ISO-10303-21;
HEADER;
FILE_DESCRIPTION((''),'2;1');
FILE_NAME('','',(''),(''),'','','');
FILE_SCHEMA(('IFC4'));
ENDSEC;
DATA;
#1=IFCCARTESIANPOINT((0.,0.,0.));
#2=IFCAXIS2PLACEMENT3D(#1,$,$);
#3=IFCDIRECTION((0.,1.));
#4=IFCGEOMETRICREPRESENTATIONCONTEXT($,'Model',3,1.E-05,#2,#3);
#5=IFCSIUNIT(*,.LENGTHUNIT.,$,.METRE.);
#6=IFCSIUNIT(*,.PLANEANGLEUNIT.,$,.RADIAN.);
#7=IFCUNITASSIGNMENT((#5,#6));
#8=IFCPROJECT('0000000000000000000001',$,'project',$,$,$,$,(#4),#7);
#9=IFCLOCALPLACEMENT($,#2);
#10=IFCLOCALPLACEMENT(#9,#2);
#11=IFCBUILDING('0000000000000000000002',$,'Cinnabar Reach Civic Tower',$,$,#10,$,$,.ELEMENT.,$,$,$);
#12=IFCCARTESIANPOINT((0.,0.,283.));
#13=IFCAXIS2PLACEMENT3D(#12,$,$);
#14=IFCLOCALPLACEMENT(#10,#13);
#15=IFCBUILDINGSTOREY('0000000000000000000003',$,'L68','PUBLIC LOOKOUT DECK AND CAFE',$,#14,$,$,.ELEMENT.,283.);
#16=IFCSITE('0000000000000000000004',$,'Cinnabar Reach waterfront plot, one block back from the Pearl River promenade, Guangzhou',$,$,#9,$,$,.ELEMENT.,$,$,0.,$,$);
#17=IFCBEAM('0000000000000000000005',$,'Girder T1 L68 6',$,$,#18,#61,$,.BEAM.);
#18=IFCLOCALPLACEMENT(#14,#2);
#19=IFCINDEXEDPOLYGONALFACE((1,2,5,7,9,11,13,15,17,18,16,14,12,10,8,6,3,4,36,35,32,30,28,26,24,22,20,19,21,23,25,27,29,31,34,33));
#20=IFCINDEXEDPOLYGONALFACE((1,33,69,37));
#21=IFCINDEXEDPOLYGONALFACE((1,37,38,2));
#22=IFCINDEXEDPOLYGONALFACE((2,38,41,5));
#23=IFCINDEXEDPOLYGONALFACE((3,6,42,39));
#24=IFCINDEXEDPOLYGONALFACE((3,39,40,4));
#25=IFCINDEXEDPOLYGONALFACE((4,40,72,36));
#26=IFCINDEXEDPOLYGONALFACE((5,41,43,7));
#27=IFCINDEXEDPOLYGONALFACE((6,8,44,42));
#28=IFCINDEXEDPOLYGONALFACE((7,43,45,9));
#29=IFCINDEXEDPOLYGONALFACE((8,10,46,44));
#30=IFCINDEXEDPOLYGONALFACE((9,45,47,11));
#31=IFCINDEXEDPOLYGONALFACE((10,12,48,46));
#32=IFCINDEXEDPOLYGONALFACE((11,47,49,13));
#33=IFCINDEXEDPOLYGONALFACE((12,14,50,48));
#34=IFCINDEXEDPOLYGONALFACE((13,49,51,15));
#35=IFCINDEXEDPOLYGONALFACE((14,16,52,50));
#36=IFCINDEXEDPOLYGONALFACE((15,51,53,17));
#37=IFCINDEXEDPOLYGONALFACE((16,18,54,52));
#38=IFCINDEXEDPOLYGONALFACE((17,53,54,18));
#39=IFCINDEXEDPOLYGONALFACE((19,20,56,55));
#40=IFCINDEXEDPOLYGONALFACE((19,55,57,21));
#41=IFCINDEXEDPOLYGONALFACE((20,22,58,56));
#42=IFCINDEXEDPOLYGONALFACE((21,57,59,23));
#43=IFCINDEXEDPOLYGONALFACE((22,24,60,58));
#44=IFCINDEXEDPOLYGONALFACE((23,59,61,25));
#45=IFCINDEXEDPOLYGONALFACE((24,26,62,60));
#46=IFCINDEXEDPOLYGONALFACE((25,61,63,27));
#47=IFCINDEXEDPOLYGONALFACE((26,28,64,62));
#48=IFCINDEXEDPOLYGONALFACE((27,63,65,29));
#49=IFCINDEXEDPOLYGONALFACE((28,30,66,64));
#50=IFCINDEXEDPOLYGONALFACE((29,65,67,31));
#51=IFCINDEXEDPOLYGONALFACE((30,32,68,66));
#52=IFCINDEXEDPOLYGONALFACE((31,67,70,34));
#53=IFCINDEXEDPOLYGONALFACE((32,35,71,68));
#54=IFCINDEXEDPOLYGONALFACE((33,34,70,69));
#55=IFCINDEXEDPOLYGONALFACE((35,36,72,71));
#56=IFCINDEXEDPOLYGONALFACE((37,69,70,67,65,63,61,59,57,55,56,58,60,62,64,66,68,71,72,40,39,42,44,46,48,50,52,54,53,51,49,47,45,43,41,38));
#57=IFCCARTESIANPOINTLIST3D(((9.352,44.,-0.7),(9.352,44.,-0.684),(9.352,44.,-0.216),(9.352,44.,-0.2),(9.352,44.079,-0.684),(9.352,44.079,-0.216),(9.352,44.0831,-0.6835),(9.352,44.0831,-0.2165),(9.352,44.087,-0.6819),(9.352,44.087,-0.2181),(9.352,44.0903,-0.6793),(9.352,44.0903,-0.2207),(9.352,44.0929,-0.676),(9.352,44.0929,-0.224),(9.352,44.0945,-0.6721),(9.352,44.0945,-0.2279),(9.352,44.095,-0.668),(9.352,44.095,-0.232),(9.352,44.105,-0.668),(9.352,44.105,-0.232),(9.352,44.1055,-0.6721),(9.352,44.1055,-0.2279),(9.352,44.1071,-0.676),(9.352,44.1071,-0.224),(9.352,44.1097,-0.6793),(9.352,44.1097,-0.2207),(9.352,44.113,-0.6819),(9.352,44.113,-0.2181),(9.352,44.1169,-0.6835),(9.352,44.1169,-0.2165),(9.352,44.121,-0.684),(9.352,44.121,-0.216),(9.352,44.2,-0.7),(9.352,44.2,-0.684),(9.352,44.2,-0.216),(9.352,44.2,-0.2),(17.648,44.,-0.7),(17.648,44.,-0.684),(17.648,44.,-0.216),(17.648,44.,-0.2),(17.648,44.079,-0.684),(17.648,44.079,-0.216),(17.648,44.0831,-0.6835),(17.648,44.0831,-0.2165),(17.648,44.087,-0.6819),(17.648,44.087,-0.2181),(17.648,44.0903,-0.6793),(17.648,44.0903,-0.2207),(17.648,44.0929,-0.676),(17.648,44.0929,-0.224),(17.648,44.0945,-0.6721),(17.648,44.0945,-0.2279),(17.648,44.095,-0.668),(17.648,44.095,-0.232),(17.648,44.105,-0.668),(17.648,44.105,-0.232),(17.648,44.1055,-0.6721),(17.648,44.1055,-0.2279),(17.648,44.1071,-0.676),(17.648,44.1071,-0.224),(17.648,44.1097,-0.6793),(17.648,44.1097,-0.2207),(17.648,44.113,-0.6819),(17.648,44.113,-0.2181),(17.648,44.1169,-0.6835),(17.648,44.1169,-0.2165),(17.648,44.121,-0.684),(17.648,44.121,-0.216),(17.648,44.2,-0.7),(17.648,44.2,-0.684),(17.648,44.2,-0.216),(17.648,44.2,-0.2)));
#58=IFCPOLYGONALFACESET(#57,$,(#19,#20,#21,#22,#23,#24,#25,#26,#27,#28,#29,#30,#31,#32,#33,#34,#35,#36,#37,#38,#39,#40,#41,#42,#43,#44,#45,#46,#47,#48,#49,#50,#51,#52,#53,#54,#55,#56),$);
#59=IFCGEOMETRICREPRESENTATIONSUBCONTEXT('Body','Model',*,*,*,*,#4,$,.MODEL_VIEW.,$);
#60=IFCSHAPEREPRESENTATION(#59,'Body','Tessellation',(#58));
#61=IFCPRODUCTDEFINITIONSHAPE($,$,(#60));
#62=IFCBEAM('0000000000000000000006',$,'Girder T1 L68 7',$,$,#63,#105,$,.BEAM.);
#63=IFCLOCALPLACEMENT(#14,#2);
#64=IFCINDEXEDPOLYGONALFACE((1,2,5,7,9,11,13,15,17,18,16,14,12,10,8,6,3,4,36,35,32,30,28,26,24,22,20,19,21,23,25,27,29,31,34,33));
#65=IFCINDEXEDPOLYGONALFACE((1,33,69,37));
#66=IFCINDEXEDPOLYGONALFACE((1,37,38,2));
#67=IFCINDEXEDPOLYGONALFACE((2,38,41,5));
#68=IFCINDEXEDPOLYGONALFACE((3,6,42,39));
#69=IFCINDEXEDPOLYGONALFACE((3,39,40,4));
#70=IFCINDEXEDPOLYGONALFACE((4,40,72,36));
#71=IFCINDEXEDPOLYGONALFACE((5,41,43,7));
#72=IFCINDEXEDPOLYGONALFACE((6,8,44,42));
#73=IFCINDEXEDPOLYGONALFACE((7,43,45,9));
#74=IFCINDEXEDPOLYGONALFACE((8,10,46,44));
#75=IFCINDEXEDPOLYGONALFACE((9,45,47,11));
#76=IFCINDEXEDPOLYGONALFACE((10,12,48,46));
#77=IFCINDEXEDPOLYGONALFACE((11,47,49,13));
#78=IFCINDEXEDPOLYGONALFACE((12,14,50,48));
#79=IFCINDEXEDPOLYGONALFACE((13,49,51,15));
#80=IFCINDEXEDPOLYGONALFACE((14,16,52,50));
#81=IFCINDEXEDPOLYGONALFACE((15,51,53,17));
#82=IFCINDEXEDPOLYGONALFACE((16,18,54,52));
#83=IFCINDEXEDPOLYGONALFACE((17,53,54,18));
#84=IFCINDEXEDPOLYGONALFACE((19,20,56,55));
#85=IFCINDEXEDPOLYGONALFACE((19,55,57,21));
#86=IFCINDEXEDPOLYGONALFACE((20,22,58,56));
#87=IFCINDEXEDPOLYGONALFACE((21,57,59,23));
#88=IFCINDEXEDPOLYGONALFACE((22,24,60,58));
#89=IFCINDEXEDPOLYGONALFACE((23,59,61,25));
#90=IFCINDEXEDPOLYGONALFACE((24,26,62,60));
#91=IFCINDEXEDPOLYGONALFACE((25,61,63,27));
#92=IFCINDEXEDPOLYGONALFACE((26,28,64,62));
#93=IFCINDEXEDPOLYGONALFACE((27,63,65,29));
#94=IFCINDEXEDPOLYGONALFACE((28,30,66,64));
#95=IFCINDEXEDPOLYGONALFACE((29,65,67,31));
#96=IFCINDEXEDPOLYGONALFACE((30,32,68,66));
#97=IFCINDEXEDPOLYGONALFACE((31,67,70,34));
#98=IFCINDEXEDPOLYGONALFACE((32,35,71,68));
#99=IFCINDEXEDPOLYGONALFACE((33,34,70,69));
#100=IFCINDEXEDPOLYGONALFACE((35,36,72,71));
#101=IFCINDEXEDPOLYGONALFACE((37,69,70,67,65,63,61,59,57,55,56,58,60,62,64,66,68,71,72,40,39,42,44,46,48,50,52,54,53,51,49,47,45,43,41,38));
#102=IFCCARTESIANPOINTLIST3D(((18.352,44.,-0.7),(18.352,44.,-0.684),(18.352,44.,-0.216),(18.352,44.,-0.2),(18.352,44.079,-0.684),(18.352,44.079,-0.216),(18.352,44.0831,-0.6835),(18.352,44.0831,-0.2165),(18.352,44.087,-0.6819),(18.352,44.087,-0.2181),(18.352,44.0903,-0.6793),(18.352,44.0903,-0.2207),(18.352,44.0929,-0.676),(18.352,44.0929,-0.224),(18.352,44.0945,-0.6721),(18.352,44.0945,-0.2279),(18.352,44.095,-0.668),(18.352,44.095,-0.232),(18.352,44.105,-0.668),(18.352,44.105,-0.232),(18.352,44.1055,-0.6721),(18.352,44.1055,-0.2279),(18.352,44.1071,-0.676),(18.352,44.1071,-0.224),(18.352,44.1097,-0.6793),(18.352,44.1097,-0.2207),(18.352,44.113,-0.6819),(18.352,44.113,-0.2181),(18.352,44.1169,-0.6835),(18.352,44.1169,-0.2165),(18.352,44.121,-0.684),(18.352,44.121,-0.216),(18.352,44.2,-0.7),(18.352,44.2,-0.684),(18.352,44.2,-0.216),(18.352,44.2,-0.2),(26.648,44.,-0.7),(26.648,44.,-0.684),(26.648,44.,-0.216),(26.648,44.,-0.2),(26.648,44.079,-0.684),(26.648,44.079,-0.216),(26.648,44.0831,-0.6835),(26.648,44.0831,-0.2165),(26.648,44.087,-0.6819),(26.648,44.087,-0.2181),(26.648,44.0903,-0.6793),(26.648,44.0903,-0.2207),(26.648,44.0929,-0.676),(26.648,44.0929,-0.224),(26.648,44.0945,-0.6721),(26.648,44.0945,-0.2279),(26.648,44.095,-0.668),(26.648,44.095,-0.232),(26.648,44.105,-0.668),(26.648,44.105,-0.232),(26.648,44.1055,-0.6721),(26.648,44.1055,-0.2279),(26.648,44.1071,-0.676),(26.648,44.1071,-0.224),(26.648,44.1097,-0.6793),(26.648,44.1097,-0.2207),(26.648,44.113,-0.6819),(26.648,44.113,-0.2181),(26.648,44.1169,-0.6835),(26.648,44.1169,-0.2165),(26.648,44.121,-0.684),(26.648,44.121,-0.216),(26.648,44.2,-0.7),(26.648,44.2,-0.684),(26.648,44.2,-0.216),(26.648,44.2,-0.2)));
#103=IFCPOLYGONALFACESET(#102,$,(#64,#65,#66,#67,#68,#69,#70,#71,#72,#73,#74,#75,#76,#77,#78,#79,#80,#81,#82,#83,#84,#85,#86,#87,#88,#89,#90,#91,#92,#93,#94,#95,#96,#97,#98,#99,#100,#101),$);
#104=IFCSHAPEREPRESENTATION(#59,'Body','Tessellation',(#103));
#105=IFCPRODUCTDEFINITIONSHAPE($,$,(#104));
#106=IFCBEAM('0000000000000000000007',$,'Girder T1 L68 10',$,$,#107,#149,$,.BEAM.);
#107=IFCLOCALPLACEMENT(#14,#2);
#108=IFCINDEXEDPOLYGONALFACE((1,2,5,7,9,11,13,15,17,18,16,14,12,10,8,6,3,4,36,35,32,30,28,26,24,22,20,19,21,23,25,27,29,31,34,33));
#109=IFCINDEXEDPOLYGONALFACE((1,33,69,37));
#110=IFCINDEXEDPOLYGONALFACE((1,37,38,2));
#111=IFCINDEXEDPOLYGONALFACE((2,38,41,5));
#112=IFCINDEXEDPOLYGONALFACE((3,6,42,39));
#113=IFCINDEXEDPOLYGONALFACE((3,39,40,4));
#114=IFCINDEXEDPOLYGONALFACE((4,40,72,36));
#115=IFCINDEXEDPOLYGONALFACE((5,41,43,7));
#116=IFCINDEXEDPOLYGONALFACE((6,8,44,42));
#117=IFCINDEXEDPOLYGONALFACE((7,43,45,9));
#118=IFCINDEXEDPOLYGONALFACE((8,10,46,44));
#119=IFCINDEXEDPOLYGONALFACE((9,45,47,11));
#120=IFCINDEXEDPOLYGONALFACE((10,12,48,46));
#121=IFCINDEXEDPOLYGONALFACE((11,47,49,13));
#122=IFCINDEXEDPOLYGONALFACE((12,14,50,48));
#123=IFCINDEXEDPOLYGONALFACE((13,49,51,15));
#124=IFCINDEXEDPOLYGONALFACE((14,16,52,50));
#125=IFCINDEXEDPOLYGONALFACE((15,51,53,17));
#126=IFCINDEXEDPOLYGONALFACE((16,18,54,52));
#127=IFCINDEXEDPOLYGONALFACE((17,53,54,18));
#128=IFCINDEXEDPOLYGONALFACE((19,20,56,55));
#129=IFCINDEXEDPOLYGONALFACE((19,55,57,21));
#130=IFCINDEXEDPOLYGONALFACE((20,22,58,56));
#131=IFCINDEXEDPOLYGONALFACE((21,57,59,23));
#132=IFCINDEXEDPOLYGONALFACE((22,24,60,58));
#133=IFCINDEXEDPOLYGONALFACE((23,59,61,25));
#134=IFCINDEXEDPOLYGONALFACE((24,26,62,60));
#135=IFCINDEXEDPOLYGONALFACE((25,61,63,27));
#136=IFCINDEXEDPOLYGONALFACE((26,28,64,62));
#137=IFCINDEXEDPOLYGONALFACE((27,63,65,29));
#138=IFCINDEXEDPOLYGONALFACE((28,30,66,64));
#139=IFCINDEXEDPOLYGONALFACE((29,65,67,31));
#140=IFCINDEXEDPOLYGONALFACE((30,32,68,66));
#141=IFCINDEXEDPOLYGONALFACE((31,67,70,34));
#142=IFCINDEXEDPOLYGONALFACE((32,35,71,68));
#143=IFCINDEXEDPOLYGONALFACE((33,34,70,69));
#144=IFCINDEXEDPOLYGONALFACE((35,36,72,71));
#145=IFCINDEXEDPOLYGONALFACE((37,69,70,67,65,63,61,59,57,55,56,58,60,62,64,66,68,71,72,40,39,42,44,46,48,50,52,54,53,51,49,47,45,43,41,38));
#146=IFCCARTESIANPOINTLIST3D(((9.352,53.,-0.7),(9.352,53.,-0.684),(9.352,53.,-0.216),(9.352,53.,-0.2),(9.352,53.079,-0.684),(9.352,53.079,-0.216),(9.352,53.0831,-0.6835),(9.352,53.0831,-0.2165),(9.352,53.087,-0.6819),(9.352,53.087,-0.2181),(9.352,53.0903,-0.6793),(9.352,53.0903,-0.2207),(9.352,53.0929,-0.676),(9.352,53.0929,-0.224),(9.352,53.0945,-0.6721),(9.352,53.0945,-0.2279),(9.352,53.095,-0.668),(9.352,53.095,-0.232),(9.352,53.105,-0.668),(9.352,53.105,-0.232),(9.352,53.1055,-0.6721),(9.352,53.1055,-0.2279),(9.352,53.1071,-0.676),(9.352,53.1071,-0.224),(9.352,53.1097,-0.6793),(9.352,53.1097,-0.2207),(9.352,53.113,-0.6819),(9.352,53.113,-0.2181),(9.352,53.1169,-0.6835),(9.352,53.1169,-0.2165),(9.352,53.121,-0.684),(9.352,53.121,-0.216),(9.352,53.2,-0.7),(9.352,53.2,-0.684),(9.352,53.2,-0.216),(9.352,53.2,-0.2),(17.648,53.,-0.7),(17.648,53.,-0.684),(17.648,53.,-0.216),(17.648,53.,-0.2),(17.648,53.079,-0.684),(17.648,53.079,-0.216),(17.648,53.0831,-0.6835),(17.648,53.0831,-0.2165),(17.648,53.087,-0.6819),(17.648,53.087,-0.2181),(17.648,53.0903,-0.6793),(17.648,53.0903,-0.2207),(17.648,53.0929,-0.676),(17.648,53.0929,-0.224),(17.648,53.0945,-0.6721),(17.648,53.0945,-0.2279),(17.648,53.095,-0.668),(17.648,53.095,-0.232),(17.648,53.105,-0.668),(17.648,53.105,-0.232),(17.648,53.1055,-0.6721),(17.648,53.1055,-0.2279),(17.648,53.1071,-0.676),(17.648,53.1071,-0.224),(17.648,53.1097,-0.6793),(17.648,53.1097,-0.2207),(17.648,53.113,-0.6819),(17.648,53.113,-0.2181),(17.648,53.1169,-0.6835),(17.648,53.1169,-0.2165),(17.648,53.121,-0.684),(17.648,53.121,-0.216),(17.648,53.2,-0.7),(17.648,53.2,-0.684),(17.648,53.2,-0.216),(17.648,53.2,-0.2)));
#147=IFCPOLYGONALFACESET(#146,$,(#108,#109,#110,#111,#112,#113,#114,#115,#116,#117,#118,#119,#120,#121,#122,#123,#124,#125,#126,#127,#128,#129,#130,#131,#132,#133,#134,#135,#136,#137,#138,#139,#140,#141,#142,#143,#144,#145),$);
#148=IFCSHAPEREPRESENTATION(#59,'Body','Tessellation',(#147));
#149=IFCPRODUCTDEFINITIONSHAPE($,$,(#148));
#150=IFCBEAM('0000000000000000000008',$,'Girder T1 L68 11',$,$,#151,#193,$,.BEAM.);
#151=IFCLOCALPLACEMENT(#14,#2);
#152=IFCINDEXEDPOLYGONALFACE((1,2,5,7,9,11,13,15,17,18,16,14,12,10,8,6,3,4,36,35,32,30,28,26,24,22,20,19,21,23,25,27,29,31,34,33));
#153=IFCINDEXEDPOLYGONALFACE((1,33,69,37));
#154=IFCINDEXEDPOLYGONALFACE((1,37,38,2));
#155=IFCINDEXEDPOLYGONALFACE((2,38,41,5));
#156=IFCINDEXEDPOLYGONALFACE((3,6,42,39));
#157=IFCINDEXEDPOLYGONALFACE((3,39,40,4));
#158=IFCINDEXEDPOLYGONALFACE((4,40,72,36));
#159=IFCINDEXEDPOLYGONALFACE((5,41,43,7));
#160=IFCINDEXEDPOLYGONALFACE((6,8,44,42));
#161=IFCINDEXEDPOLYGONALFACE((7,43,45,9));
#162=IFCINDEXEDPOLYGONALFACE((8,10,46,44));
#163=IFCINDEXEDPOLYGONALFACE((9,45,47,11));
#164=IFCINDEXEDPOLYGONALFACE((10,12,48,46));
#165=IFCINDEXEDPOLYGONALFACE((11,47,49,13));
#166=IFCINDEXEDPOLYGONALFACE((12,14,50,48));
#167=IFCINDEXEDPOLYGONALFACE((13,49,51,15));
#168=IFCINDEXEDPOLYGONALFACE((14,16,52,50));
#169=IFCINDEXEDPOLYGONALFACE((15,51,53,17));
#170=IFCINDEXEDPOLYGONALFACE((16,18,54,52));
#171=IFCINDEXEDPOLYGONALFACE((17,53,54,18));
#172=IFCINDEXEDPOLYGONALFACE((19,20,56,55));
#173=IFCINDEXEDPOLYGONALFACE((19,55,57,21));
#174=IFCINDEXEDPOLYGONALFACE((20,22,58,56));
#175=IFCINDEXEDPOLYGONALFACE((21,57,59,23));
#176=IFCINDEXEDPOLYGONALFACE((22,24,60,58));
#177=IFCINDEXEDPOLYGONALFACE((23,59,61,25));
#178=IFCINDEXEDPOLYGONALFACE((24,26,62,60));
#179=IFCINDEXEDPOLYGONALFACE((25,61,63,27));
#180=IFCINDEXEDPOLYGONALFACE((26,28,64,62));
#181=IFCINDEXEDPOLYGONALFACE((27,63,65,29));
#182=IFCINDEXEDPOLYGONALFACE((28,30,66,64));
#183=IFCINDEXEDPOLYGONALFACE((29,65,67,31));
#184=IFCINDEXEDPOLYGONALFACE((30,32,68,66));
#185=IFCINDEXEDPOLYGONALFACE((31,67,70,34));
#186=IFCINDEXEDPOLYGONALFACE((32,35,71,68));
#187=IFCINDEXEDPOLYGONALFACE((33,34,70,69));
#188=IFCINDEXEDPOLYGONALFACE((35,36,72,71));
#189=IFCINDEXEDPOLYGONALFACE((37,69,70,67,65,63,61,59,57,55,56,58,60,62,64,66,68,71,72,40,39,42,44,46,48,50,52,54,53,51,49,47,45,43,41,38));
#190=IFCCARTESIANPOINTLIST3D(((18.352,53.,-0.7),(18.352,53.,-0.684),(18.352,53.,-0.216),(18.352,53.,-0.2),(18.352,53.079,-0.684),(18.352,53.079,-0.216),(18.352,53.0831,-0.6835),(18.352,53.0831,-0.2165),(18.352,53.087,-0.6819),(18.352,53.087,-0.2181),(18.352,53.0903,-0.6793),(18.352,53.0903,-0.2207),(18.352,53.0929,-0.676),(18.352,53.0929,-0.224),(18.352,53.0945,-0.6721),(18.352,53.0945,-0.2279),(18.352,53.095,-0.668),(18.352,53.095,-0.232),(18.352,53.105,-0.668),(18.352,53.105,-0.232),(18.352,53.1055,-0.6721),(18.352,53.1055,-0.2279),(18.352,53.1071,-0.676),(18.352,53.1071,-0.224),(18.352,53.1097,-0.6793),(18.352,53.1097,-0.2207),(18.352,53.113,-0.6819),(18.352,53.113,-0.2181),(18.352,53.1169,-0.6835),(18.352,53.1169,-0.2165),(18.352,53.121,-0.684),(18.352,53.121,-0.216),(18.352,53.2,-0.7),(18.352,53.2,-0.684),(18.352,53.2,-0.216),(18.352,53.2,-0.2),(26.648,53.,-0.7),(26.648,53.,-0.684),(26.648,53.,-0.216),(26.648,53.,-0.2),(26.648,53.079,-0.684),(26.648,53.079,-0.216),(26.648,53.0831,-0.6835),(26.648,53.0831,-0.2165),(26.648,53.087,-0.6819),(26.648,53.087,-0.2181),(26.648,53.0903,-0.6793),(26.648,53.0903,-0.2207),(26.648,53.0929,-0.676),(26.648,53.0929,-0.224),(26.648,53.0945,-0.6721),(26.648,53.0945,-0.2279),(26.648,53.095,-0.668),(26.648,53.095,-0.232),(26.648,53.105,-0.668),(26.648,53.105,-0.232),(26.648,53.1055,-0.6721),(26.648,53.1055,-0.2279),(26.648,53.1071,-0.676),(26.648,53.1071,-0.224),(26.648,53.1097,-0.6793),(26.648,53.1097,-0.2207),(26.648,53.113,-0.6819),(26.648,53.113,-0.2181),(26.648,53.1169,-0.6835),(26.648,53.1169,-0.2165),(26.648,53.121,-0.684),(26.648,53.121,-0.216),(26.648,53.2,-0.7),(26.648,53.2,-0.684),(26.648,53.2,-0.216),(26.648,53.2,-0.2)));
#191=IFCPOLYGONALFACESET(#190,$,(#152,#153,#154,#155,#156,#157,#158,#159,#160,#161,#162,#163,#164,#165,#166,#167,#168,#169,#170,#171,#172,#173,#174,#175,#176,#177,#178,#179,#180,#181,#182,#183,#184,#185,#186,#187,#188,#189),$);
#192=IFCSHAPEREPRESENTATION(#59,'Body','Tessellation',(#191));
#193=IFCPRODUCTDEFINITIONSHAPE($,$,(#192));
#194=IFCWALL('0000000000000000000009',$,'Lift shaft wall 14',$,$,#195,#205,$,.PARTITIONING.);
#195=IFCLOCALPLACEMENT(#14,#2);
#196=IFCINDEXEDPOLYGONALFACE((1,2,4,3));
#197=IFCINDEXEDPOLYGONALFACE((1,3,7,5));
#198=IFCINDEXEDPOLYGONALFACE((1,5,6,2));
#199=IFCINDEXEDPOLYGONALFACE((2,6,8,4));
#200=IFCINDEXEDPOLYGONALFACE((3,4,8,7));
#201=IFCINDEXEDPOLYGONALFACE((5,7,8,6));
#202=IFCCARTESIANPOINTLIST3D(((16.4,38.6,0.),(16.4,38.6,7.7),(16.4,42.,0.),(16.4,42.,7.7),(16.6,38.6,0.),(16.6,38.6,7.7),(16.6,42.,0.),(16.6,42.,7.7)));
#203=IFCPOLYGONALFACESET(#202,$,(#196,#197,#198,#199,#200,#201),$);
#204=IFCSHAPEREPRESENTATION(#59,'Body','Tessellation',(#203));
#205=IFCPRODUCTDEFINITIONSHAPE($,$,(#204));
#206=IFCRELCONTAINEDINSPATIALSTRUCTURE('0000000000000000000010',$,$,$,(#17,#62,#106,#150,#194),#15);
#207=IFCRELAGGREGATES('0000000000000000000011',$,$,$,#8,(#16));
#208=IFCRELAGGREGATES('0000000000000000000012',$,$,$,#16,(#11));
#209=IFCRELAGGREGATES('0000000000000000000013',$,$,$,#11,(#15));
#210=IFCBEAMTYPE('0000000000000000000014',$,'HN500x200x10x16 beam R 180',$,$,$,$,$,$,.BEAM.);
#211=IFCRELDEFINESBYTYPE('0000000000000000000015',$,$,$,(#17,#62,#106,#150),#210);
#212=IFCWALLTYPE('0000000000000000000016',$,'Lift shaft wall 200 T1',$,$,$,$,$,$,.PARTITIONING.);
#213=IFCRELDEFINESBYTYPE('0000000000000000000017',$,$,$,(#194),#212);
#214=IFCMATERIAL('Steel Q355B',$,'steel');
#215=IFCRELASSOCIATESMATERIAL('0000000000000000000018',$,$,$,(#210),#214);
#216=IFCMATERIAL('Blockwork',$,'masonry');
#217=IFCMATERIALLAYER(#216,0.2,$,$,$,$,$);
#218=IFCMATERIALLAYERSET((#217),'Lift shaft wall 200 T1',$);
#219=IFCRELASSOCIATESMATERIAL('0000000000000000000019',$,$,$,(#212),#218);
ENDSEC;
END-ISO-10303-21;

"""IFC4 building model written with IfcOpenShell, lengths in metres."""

from ifc_helpers import new_model, si_unit, direction, frame, frame_2d, origin, origin_2d, place, context, subcontext, project, spatial, rectangle, i_section, extrude, material, layer, layer_set, material_profile, profile_set, type_object, element, save


model = new_model("IFC4")

# Units and contexts
model_context = context("Model", 3, precision=1e-05, world=origin(), true_north=direction((0.0, 1.0)))
body_context = subcontext(model_context, "Body", "Model", "MODEL_VIEW")
ifc_project = project(units=[si_unit("LENGTHUNIT", "METRE"), si_unit("PLANEANGLEUNIT", "RADIAN")], contexts=[model_context])

# Site, building, storey
site_placement = place(None, origin())
site = spatial("IfcSite", under=ifc_project, at=site_placement, Name="Cinnabar Reach waterfront plot, one block back from the Pearl River promenade, Guangzhou", CompositionType="ELEMENT", RefElevation=0.0)
building_placement = place(site_placement, origin())
building = spatial("IfcBuilding", under=site, at=building_placement, Name="Cinnabar Reach Civic Tower", CompositionType="ELEMENT")
storey_placement = place(building_placement, frame((0.0, 0.0, 283.0)))
storey = spatial("IfcBuildingStorey", under=building, at=storey_placement, Name="L68", Description="PUBLIC LOOKOUT DECK AND CAFE", CompositionType="ELEMENT", Elevation=283.0)

# Beams
ifc_material_1 = material(Name="Steel Q355B", Category="steel")
ifc_material_profile_1 = material_profile(ifc_material_1, i_section(OverallWidth=0.2, OverallDepth=0.5, WebThickness=0.01, FlangeThickness=0.016, FilletRadius=0.016, at=origin_2d()), Name="HN500x200x10x16")
ifc_profile_set_1 = profile_set([ifc_material_profile_1], Name="Steel Q355B")
beam_type_1 = type_object("IfcBeamType", Name="HN500x200x10x16 beam R 180", PredefinedType="BEAM", material=ifc_profile_set_1)
for number, where, z_axis, x_axis, name in (
    (1, (9.352, 44.1, -0.45), (1.0, 0.0, 0.0), (0.0, 1.0, 0.0), "Girder T1 L68 6"),
    (2, (18.352, 44.1, -0.45), (1.0, 0.0, 0.0), (0.0, 1.0, 0.0), "Girder T1 L68 7"),
    (3, (9.352, 53.1, -0.45), (1.0, 0.0, 0.0), (0.0, 1.0, 0.0), "Girder T1 L68 10"),
    (4, (18.352, 53.1, -0.45), (1.0, 0.0, 0.0), (0.0, 1.0, 0.0), "Girder T1 L68 11"),
):
    element("IfcBeam", number, at=place(storey_placement, frame(where, z_axis=z_axis, x_axis=x_axis)), inside=storey, type_object=beam_type_1, Name=name, PredefinedType="BEAM", context=body_context, shape_type="SweptSolid", body=[
        extrude(i_section(OverallWidth=0.2, OverallDepth=0.5, WebThickness=0.01, FlangeThickness=0.016, FilletRadius=0.016, at=origin_2d()), origin(), (0.0, 0.0, 1.0), 8.296),
    ])

# Wall
ifc_material_2 = material(Name="Blockwork", Category="masonry")
ifc_layer_1 = layer(ifc_material_2, 0.2)
ifc_layer_set_1 = layer_set([ifc_layer_1], Name="Lift shaft wall 200 T1")
wall_type_1 = type_object("IfcWallType", Name="Lift shaft wall 200 T1", PredefinedType="PARTITIONING", material=ifc_layer_set_1)
wall_1_placement = place(storey_placement, frame((16.5, 38.6, 0.0), z_axis=(0.0, 0.0, 1.0), x_axis=(0.0, 1.0, 0.0)))
element("IfcWall", 5, at=wall_1_placement, inside=storey, type_object=wall_type_1, Name="Lift shaft wall 14", PredefinedType="PARTITIONING", context=body_context, shape_type="SweptSolid", body=[
    extrude(rectangle(XDim=3.4, YDim=0.2, at=frame_2d((1.7, 0.0))), origin(), (0.0, 0.0, 1.0), 7.7),
])

save(model, "model.ifc")
